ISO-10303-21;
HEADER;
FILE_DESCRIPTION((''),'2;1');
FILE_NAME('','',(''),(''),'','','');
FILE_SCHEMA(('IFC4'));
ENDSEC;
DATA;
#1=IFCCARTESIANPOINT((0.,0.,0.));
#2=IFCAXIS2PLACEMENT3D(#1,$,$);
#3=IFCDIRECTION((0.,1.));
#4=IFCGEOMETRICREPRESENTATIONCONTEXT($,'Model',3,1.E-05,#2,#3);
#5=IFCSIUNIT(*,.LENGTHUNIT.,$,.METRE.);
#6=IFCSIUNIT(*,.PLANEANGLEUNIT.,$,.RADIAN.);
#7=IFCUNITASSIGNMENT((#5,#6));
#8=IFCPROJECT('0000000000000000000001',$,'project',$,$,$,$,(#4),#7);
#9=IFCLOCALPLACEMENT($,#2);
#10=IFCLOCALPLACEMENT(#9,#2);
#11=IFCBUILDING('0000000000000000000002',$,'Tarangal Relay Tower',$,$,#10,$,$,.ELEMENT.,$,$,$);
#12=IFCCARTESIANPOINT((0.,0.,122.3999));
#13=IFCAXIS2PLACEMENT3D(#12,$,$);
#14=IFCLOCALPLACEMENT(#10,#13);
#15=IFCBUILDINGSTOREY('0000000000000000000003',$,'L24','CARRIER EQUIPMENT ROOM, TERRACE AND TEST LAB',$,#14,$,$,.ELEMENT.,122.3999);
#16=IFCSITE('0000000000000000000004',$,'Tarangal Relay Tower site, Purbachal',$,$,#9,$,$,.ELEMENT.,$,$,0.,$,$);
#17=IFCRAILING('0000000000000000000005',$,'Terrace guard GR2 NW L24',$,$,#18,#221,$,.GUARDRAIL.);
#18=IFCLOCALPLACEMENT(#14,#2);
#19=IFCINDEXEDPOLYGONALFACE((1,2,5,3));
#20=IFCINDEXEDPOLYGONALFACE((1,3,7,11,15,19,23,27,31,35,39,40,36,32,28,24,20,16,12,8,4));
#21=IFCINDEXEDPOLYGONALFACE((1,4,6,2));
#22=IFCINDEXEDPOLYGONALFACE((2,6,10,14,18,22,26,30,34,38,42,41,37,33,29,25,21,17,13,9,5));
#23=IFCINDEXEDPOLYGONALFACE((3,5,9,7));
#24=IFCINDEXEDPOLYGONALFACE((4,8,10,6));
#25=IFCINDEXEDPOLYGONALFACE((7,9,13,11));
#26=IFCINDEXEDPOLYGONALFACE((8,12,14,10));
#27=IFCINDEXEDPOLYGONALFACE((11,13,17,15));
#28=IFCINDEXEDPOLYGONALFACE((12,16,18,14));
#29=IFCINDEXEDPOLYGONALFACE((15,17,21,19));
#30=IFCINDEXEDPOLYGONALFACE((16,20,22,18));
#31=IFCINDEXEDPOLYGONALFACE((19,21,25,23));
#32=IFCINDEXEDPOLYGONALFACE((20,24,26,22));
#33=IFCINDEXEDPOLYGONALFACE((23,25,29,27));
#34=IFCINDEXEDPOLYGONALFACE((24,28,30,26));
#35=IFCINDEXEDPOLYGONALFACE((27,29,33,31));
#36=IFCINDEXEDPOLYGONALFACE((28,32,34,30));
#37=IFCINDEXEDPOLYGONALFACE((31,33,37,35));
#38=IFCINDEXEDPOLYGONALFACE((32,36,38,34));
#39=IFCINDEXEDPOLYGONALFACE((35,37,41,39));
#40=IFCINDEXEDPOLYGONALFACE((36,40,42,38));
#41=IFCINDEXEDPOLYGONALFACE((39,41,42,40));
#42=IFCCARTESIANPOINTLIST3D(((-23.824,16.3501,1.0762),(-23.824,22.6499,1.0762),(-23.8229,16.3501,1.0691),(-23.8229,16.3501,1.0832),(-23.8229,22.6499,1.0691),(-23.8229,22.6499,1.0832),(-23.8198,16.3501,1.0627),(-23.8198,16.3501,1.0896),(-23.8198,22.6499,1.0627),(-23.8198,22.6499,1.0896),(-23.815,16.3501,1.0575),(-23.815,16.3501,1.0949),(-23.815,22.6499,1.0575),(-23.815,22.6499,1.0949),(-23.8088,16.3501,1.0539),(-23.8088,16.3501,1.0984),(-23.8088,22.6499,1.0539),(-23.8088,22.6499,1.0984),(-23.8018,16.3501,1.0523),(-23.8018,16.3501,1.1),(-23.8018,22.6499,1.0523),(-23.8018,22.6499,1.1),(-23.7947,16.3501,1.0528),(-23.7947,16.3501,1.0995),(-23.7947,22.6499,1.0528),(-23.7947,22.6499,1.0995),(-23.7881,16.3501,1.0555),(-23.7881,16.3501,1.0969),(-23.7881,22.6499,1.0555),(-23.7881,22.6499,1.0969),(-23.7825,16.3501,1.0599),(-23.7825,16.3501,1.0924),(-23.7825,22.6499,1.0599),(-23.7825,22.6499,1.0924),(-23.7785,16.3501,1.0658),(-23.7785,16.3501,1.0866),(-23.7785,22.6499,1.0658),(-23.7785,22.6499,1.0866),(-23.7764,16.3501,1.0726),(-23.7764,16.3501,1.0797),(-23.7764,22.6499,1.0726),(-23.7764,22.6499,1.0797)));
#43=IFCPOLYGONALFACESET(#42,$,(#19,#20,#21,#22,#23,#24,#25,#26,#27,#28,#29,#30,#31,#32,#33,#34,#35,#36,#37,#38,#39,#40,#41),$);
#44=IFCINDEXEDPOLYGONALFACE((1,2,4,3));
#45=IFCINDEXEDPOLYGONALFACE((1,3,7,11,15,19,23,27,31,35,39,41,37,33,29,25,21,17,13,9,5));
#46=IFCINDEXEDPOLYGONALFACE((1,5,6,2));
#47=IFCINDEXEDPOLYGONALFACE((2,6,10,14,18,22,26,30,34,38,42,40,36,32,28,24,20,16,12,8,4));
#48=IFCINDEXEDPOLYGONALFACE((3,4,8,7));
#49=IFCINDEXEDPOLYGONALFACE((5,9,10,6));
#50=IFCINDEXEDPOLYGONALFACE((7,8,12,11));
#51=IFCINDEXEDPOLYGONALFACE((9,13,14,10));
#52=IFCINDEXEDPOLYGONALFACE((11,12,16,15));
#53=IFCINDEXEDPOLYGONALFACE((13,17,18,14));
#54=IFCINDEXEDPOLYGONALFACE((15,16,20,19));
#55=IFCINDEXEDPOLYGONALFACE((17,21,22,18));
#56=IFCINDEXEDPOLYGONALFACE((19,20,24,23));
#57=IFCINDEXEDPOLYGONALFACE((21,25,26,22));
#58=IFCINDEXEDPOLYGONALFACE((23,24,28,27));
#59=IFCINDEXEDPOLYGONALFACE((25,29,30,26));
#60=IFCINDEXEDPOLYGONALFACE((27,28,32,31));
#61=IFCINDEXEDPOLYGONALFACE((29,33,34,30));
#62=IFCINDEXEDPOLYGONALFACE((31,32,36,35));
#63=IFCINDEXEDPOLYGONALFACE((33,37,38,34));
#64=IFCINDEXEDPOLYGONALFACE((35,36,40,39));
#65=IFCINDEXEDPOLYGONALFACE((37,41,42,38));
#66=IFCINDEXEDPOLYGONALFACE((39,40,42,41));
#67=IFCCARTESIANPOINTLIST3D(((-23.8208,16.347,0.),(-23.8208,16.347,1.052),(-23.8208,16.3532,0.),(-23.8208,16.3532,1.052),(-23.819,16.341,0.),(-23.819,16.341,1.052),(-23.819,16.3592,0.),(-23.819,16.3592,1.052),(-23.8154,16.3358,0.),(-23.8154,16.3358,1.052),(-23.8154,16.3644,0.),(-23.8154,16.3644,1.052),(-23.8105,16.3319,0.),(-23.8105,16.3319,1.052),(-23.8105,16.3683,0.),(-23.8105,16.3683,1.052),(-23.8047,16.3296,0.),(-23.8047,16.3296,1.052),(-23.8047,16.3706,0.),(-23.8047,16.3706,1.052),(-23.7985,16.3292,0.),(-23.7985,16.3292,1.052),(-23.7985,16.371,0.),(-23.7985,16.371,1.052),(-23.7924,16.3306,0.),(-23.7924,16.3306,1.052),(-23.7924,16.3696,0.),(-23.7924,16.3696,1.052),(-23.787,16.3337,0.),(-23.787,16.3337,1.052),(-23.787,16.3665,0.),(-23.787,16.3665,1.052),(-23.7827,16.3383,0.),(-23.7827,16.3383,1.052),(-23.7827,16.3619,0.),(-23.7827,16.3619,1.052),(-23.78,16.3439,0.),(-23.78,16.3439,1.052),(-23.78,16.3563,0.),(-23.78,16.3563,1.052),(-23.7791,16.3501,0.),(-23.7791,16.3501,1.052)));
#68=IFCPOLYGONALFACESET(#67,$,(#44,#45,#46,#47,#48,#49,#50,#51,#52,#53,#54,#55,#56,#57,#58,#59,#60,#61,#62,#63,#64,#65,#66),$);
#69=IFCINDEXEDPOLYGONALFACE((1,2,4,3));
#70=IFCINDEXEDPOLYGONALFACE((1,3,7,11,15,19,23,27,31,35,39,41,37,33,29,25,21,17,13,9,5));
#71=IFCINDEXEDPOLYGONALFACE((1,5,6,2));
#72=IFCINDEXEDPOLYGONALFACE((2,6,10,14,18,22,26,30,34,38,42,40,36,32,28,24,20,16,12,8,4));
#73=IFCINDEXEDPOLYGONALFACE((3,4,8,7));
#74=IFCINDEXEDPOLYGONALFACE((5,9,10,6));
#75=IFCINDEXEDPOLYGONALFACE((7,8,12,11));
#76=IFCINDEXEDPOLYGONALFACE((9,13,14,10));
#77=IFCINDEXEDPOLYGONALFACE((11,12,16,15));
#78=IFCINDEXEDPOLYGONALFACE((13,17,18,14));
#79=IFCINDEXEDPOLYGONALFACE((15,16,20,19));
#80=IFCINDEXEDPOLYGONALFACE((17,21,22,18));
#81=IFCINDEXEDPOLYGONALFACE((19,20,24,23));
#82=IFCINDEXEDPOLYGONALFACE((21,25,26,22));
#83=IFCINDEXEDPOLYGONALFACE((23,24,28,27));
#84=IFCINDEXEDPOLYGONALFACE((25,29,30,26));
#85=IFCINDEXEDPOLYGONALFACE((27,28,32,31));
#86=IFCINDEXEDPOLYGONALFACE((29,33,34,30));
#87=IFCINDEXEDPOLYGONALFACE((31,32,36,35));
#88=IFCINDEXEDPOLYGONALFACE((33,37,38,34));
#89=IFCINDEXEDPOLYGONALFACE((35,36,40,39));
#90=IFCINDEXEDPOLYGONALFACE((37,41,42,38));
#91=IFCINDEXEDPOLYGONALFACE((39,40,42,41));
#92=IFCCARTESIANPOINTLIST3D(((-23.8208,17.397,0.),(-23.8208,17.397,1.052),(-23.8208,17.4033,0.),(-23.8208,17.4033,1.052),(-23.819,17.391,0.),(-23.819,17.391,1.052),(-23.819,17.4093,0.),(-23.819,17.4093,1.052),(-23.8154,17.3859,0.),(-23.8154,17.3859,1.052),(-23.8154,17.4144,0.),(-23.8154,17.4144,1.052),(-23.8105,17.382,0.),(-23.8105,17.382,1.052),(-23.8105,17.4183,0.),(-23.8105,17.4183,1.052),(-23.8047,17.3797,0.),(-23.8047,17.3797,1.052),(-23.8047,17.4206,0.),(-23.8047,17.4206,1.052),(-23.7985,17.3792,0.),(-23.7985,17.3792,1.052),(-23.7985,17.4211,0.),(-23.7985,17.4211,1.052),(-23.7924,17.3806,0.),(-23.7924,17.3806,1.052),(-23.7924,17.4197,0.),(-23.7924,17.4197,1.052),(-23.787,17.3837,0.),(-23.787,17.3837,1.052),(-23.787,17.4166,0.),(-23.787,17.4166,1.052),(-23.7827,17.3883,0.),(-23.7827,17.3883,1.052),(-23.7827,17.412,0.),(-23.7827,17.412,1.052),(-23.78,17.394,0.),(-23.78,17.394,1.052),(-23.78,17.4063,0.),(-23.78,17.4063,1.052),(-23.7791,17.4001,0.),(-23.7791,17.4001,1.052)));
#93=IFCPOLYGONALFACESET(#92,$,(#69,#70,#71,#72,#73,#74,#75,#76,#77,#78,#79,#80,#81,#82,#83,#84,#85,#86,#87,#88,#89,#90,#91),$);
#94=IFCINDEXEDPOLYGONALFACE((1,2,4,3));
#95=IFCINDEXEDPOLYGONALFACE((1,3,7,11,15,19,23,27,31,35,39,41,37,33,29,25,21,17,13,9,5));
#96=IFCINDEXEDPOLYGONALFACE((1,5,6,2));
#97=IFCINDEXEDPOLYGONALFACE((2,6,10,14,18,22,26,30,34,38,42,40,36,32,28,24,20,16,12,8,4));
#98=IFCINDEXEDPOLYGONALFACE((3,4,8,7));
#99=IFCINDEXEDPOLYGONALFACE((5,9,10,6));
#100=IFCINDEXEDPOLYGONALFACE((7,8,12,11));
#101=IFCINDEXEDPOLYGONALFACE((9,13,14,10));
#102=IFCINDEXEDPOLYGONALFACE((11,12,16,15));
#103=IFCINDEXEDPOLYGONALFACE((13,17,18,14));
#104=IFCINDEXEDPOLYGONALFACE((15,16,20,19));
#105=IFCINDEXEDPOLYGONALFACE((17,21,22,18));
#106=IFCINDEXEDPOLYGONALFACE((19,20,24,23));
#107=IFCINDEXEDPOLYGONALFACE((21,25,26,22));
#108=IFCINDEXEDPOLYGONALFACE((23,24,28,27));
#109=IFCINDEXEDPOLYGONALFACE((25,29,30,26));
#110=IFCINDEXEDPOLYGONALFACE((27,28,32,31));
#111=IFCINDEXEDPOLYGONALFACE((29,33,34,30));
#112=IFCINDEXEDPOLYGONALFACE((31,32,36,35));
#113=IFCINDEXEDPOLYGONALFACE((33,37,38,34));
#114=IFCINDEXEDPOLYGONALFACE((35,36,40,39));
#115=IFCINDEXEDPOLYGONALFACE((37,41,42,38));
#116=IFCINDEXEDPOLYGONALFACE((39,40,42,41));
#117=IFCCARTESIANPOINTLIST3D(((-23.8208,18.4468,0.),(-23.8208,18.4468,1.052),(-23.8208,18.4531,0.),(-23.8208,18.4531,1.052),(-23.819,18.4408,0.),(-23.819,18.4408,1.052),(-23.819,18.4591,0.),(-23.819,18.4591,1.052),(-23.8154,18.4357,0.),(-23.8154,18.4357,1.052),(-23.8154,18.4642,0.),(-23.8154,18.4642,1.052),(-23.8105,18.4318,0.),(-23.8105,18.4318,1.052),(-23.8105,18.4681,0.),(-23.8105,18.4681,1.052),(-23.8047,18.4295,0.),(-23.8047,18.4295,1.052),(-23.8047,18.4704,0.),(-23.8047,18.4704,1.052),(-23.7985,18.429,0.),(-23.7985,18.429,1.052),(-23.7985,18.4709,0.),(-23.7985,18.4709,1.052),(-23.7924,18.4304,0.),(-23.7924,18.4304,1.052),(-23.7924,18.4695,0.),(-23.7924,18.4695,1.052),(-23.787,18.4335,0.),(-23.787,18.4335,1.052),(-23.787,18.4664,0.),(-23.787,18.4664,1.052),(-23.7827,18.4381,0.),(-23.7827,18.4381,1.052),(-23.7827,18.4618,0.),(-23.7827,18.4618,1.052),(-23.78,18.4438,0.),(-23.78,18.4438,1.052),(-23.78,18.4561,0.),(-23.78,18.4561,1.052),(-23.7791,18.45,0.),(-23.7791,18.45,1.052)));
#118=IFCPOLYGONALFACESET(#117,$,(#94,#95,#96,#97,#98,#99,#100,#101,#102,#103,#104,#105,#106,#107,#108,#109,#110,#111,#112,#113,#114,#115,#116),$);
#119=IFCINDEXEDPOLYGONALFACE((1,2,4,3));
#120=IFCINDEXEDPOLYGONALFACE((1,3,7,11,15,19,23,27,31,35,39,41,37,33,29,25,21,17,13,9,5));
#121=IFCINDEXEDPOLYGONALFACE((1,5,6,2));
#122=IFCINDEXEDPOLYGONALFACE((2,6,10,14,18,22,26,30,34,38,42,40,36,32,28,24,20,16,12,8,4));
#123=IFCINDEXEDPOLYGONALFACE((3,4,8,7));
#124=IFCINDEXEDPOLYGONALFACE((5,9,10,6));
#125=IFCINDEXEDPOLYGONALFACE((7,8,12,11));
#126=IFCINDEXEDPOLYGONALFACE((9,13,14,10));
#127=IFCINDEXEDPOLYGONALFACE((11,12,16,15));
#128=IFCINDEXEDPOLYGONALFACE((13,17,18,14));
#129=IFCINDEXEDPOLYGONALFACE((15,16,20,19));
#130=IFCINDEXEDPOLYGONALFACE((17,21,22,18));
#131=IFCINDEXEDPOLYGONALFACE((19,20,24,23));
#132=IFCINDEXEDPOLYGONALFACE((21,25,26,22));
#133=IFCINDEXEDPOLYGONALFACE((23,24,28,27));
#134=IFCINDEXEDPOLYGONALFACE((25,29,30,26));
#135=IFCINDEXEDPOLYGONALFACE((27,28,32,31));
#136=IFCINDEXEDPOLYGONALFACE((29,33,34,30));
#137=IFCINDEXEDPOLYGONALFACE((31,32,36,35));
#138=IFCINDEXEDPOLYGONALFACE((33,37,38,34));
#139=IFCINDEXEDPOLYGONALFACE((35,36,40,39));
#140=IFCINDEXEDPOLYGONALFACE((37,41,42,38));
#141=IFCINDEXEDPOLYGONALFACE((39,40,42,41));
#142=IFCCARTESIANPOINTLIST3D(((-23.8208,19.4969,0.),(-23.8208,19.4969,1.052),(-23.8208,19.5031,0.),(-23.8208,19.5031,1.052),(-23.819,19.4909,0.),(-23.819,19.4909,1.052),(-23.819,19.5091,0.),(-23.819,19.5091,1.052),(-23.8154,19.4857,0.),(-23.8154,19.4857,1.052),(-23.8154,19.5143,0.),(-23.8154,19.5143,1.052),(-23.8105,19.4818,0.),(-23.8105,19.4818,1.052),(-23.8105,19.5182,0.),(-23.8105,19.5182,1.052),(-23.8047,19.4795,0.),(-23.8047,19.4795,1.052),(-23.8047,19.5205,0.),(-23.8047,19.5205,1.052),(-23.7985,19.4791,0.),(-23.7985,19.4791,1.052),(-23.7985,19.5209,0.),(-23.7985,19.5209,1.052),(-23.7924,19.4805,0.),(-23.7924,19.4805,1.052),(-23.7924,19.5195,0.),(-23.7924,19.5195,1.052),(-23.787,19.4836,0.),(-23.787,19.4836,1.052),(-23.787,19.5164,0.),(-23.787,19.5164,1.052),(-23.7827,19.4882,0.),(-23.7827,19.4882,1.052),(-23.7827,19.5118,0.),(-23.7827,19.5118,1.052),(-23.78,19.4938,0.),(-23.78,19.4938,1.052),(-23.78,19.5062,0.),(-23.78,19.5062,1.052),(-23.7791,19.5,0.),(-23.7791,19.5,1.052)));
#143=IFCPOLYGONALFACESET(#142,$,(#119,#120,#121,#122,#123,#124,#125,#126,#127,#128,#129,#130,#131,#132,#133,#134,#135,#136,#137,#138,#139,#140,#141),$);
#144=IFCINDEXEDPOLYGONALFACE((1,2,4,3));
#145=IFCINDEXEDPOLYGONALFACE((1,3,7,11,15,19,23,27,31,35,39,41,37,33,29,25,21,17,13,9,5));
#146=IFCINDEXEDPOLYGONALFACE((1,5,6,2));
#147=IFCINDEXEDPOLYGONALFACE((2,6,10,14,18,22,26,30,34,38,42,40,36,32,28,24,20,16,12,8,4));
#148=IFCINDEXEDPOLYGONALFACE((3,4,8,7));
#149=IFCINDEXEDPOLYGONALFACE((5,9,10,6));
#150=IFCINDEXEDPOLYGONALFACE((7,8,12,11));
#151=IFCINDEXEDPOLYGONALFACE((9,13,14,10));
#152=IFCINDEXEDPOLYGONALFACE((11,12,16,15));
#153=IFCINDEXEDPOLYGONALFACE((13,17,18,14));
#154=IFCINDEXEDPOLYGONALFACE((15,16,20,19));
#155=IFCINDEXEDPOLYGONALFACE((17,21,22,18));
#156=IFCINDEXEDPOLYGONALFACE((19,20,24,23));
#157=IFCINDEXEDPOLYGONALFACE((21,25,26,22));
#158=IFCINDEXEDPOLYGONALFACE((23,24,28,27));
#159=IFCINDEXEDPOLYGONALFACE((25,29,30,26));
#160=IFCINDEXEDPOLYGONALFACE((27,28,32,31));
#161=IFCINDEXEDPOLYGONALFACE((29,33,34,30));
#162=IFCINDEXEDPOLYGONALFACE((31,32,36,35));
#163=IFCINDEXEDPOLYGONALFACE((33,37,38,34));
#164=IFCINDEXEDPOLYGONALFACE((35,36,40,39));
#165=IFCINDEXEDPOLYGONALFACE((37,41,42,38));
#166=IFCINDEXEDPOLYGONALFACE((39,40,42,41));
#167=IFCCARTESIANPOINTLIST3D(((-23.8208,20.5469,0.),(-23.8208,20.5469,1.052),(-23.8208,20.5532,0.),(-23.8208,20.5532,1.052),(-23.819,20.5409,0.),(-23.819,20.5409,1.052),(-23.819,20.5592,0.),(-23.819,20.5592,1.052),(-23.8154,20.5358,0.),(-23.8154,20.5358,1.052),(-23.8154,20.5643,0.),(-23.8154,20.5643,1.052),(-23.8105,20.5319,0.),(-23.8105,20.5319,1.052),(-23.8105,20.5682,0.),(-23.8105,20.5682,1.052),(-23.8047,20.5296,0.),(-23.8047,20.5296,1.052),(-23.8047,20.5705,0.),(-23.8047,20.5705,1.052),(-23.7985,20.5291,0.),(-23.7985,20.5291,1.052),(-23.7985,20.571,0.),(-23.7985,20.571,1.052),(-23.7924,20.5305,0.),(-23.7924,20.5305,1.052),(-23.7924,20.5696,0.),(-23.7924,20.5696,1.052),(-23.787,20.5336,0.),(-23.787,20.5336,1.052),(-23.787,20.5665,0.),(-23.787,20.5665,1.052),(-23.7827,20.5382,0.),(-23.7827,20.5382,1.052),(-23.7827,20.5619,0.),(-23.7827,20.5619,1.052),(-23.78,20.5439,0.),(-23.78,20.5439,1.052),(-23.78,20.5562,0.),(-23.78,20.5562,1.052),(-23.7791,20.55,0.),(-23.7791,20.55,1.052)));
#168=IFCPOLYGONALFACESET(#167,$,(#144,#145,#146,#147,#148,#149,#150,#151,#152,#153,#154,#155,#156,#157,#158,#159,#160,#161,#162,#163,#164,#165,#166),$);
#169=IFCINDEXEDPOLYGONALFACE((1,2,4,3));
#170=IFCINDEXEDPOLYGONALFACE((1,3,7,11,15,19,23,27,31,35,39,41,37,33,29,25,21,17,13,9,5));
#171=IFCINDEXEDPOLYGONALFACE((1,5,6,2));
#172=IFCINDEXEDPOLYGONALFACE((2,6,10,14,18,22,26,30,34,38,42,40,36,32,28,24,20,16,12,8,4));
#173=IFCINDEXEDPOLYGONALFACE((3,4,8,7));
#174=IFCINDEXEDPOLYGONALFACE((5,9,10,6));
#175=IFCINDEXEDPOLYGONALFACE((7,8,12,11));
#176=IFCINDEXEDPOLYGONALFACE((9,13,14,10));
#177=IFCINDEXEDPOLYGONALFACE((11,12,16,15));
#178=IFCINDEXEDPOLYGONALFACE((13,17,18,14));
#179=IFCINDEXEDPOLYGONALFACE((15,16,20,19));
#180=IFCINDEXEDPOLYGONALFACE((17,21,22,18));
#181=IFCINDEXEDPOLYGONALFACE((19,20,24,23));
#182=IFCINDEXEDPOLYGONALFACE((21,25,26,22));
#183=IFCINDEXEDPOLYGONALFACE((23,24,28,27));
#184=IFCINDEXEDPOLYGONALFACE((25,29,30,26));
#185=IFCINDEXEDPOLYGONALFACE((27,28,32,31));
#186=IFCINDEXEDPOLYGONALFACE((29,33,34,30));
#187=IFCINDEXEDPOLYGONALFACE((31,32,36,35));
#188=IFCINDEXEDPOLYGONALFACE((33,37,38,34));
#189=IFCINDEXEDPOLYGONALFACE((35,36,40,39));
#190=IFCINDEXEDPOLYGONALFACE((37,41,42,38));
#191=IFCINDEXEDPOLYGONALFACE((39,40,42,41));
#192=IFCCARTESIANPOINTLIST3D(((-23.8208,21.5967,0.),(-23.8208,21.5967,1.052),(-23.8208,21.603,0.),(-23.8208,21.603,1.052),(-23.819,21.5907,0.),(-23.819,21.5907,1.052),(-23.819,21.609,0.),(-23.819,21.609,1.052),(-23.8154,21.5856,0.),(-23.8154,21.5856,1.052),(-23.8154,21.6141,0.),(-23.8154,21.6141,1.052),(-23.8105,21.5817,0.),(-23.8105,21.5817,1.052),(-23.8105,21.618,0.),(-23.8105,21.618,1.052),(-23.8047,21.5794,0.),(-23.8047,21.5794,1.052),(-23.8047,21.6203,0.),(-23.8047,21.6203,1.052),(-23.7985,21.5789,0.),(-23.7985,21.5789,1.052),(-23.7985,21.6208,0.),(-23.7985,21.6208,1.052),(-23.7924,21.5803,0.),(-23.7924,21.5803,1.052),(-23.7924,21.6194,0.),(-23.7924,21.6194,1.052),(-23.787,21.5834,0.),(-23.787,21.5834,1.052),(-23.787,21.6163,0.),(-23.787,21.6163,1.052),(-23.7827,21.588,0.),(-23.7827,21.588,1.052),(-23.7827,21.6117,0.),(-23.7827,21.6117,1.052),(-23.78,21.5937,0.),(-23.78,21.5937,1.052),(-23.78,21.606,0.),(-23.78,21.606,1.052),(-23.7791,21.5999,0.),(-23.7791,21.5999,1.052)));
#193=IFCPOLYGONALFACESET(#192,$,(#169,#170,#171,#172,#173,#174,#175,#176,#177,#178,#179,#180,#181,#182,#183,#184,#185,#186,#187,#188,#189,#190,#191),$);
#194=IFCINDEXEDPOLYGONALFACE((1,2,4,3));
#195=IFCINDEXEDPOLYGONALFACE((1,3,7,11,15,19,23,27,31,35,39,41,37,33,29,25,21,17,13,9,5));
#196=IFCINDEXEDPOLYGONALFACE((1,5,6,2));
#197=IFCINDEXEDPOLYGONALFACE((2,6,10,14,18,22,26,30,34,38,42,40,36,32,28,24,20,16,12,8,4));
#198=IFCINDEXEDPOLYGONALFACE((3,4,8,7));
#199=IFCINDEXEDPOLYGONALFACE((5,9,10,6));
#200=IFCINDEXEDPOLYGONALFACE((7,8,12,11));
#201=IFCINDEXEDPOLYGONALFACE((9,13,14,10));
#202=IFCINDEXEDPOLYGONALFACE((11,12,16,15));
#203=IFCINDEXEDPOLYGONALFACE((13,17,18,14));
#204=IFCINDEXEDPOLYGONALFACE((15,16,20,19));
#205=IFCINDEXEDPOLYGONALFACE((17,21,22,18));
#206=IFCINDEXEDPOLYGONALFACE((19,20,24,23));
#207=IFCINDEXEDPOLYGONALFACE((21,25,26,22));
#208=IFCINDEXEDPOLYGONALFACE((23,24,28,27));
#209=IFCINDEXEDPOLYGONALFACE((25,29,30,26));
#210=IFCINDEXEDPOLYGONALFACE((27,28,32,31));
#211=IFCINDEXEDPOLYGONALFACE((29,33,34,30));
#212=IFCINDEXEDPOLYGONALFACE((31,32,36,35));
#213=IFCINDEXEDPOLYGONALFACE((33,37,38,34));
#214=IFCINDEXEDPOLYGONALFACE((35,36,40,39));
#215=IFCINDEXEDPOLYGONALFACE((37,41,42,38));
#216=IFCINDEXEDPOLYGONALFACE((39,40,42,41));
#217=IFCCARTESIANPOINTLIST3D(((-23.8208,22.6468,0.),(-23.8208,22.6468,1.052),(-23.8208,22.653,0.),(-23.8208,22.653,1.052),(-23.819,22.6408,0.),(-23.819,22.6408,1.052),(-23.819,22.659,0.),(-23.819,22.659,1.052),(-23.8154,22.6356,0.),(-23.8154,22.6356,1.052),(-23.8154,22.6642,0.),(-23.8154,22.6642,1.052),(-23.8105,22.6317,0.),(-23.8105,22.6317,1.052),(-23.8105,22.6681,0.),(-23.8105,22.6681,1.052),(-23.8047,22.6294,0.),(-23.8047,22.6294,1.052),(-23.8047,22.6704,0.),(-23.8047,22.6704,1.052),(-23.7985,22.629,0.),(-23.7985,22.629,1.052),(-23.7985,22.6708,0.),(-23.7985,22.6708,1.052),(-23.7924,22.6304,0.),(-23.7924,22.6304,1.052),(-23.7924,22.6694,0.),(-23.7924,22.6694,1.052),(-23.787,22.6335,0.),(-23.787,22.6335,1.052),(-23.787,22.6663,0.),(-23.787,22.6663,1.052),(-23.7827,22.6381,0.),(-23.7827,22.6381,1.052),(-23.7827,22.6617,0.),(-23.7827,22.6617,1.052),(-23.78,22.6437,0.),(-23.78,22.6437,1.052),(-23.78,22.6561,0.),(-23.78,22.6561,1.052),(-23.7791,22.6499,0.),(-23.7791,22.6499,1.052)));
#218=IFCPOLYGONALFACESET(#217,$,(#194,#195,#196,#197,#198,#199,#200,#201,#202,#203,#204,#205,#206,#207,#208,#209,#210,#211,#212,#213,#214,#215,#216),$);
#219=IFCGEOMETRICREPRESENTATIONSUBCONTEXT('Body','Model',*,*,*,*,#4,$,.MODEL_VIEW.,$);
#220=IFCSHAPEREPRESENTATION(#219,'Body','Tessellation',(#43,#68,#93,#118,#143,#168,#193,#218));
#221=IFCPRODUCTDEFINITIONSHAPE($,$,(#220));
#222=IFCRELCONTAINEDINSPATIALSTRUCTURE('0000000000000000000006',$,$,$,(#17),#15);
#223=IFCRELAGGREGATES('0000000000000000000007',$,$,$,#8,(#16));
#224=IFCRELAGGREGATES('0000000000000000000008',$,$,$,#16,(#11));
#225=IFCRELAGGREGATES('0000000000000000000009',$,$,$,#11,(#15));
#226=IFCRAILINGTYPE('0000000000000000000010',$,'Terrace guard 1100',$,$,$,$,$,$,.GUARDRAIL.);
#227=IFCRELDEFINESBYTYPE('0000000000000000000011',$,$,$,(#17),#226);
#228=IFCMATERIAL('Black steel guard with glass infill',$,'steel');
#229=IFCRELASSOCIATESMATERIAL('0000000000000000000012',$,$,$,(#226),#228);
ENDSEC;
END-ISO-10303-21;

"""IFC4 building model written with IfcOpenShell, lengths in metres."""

from ifc_helpers import new_model, si_unit, direction, frame, origin, origin_2d, place, context, subcontext, project, spatial, circle, extrude, material, type_object, element, save


model = new_model("IFC4")

# Units and contexts
model_context = context("Model", 3, precision=1e-05, world=origin(), true_north=direction((0.0, 1.0)))
body_context = subcontext(model_context, "Body", "Model", "MODEL_VIEW")
ifc_project = project(units=[si_unit("LENGTHUNIT", "METRE"), si_unit("PLANEANGLEUNIT", "RADIAN")], contexts=[model_context])

# Site, building, storey
site_placement = place(None, origin())
site = spatial("IfcSite", under=ifc_project, at=site_placement, Name="Tarangal Relay Tower site, Purbachal", CompositionType="ELEMENT", RefElevation=0.0)
building_placement = place(site_placement, origin())
building = spatial("IfcBuilding", under=site, at=building_placement, Name="Tarangal Relay Tower", CompositionType="ELEMENT")
storey_placement = place(building_placement, frame((0.0, 0.0, 122.3999)))
storey = spatial("IfcBuildingStorey", under=building, at=storey_placement, Name="L24", Description="CARRIER EQUIPMENT ROOM, TERRACE AND TEST LAB", CompositionType="ELEMENT", Elevation=122.3999)

# Railing
ifc_material_1 = material(Name="Black steel guard with glass infill", Category="steel")
railing_type = type_object("IfcRailingType", Name="Terrace guard 1100", PredefinedType="GUARDRAIL", material=ifc_material_1)
railing_1_placement = place(storey_placement, frame((-23.8, 16.3501, 0.0)))
element("IfcRailing", 1, at=railing_1_placement, inside=storey, type_object=railing_type, Name="Terrace guard GR2 NW L24", PredefinedType="GUARDRAIL", context=body_context, shape_type="SweptSolid", body=[
    extrude(circle(Radius=0.0239, at=origin_2d()), frame((0.0, 0.0, 1.0762), z_axis=(0.0, 1.0, 0.0), x_axis=(-1.0, 0.0, 0.0)), (0.0, 0.0, 1.0), 6.2998),
    extrude(circle(Radius=0.021, at=origin_2d()), origin(), (0.0, 0.0, 1.0), 1.052),
    extrude(circle(Radius=0.021, at=origin_2d()), frame((0.0, 1.05, 0.0)), (0.0, 0.0, 1.0), 1.052),
    extrude(circle(Radius=0.021, at=origin_2d()), frame((0.0, 2.0999, 0.0)), (0.0, 0.0, 1.0), 1.052),
    extrude(circle(Radius=0.021, at=origin_2d()), frame((0.0, 3.1499, 0.0)), (0.0, 0.0, 1.0), 1.052),
    extrude(circle(Radius=0.021, at=origin_2d()), frame((0.0, 4.2, 0.0)), (0.0, 0.0, 1.0), 1.052),
    extrude(circle(Radius=0.021, at=origin_2d()), frame((0.0, 5.2498, 0.0)), (0.0, 0.0, 1.0), 1.052),
    extrude(circle(Radius=0.021, at=origin_2d()), frame((0.0, 6.2998, 0.0)), (0.0, 0.0, 1.0), 1.052),
])

save(model, "model.ifc")
